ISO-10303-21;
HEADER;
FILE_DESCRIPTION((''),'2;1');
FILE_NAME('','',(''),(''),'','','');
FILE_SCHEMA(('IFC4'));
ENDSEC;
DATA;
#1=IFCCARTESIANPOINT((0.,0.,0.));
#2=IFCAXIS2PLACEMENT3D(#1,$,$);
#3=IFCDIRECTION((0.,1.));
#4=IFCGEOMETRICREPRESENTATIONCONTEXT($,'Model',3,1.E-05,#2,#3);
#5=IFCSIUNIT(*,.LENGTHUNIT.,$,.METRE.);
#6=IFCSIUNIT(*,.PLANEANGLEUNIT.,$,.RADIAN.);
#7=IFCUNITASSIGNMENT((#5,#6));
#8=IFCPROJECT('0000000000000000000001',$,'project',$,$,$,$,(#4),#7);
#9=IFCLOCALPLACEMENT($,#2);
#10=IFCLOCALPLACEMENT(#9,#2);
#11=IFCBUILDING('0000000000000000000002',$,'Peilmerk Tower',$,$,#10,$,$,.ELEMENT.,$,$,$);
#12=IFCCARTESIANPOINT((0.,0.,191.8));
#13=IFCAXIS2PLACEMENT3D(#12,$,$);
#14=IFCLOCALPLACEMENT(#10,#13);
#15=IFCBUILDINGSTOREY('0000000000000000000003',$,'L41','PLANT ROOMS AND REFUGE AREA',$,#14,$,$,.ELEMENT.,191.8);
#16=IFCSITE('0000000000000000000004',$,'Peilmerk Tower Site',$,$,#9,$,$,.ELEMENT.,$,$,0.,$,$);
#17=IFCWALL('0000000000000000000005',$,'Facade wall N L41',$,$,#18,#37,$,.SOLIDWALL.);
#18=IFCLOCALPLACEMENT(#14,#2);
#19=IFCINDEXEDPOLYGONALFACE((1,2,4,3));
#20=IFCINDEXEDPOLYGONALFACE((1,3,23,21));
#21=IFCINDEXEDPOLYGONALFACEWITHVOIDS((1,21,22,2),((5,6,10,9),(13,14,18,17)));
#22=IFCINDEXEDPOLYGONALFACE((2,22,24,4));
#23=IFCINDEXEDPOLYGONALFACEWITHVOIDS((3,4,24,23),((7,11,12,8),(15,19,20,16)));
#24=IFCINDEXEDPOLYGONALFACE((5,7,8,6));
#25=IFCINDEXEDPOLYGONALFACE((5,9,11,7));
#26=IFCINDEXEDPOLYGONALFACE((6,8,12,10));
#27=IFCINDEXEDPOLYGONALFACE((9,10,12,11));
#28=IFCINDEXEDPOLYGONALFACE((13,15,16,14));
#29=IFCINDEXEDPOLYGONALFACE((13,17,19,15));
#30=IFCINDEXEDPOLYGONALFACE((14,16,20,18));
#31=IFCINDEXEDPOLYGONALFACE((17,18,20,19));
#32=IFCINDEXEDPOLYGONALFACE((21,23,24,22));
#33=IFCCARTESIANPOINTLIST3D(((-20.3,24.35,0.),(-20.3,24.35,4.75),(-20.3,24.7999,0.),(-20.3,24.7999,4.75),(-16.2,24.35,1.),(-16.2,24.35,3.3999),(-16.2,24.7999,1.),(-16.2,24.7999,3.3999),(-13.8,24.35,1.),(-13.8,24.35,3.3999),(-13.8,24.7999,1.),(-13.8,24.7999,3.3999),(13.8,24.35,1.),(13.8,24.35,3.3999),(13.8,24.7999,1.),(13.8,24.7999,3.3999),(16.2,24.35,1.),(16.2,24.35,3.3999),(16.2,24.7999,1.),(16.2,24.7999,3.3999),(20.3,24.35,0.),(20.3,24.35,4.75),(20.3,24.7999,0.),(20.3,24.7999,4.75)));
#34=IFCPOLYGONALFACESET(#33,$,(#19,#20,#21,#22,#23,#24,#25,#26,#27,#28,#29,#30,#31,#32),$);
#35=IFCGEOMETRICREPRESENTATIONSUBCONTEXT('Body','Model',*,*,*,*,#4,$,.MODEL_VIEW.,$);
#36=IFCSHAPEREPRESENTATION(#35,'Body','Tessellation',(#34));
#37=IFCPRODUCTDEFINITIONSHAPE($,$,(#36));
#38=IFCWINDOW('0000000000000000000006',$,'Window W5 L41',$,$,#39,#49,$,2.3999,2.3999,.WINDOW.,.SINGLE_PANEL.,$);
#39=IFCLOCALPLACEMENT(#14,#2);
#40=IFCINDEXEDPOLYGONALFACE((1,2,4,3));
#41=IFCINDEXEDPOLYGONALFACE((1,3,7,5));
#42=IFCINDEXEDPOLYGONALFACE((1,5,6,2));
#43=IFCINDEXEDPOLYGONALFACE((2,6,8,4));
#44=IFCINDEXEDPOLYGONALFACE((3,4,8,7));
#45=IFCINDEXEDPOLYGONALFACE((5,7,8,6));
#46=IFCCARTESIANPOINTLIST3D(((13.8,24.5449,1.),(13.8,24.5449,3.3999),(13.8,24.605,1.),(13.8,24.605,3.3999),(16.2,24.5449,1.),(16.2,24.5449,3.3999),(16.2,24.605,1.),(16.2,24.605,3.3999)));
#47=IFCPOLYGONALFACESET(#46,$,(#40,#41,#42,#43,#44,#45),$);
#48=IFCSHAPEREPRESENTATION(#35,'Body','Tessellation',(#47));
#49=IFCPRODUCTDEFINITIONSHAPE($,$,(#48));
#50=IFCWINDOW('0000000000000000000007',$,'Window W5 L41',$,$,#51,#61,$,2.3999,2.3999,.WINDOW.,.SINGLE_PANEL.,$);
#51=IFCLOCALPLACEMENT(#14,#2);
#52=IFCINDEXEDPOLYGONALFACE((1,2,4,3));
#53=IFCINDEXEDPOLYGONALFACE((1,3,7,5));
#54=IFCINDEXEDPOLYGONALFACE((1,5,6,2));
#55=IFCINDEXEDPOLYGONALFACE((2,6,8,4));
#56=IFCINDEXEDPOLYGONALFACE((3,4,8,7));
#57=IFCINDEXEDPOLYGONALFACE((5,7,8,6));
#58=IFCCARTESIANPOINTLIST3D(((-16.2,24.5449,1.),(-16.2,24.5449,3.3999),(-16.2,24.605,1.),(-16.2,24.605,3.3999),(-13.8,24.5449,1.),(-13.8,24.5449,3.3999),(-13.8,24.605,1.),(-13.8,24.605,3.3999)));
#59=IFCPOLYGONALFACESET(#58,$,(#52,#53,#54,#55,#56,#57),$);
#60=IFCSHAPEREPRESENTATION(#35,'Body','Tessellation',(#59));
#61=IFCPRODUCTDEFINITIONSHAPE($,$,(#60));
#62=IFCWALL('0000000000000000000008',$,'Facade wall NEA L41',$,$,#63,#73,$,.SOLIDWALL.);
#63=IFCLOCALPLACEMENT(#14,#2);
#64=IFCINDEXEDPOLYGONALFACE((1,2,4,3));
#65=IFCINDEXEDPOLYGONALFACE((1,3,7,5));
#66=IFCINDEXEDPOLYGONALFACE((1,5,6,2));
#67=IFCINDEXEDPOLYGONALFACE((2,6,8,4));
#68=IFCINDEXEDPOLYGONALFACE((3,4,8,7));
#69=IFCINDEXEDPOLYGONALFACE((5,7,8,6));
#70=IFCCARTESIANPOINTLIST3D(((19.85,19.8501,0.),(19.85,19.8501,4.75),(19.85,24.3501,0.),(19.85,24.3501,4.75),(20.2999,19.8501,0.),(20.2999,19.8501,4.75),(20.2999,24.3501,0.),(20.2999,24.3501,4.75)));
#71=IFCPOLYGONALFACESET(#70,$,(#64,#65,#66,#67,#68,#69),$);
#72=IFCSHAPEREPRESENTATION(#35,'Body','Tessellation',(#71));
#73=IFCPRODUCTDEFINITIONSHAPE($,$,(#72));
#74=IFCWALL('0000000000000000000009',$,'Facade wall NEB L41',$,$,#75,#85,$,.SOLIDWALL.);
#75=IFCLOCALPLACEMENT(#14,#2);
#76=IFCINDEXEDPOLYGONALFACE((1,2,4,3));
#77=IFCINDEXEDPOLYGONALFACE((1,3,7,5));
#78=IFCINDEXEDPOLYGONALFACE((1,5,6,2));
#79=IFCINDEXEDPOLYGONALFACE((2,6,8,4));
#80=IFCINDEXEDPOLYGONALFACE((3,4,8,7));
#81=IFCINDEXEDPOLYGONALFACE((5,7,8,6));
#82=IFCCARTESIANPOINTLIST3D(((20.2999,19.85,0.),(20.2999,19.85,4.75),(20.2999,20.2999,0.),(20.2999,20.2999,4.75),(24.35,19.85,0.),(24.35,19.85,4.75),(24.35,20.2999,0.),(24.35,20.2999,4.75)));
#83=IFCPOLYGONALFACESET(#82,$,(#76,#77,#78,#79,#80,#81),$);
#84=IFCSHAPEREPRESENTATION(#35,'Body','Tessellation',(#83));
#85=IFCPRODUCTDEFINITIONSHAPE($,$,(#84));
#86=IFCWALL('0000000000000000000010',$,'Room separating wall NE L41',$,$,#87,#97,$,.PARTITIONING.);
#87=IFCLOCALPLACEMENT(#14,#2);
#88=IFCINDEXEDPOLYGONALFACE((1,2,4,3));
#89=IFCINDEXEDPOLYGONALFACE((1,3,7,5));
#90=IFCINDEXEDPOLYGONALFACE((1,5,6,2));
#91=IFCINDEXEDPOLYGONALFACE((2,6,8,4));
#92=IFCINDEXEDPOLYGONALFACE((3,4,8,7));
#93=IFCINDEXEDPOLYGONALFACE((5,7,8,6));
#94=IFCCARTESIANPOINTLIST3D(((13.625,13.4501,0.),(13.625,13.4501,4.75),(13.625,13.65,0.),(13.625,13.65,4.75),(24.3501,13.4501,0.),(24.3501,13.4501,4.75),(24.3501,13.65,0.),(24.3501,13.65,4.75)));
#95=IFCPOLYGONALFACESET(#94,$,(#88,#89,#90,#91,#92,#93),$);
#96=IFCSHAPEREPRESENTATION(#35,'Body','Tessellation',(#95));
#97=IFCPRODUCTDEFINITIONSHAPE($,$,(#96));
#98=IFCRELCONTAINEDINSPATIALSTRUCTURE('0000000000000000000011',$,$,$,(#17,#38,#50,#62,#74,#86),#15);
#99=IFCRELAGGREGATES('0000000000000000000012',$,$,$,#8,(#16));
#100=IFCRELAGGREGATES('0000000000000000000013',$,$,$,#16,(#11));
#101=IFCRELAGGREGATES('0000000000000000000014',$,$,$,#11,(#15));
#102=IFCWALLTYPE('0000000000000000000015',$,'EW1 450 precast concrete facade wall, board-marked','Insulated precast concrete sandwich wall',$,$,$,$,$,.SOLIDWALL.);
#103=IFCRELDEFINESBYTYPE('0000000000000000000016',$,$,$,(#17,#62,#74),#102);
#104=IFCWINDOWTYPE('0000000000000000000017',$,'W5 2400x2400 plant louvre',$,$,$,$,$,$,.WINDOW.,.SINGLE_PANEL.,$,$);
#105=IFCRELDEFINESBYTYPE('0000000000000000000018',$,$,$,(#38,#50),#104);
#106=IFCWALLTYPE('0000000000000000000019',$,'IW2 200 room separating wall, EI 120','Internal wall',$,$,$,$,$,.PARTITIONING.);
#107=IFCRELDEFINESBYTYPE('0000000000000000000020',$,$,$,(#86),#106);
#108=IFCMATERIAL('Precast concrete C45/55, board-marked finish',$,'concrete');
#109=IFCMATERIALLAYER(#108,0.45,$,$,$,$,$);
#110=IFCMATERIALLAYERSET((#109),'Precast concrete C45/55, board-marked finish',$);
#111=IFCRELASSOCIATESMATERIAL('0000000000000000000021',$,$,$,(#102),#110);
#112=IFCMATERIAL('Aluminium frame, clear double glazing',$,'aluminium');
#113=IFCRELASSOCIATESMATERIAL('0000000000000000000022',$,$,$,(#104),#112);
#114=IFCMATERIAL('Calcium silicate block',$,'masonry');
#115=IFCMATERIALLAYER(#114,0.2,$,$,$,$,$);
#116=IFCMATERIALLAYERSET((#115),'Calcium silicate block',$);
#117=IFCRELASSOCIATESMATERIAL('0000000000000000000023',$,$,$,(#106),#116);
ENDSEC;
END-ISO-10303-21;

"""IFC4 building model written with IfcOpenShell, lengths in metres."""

from ifc_helpers import new_model, si_unit, direction, frame, frame_2d, origin, place, context, subcontext, project, spatial, rectangle, extrude, material, layer, layer_set, type_object, element, fill, save


model = new_model("IFC4")

# Units and contexts
model_context = context("Model", 3, precision=1e-05, world=origin(), true_north=direction((0.0, 1.0)))
body_context = subcontext(model_context, "Body", "Model", "MODEL_VIEW")
ifc_project = project(units=[si_unit("LENGTHUNIT", "METRE"), si_unit("PLANEANGLEUNIT", "RADIAN")], contexts=[model_context])

# Site, building, storey
site_placement = place(None, origin())
site = spatial("IfcSite", under=ifc_project, at=site_placement, Name="Peilmerk Tower Site", CompositionType="ELEMENT", RefElevation=0.0)
building_placement = place(site_placement, origin())
building = spatial("IfcBuilding", under=site, at=building_placement, Name="Peilmerk Tower", CompositionType="ELEMENT")
storey_placement = place(building_placement, frame((0.0, 0.0, 191.8)))
storey = spatial("IfcBuildingStorey", under=building, at=storey_placement, Name="L41", Description="PLANT ROOMS AND REFUGE AREA", CompositionType="ELEMENT", Elevation=191.8)

# Wall, openings, windows
ifc_material_1 = material(Name="Precast concrete C45/55, board-marked finish", Category="concrete")
ifc_layer_1 = layer(ifc_material_1, 0.45)
ifc_layer_set_1 = layer_set([ifc_layer_1], Name="Precast concrete C45/55, board-marked finish")
wall_type_1 = type_object("IfcWallType", Name="EW1 450 precast concrete facade wall, board-marked", Description="Insulated precast concrete sandwich wall", PredefinedType="SOLIDWALL", material=ifc_layer_set_1)
wall_1_placement = place(storey_placement, frame((20.3, 24.575, 0.0), z_axis=(0.0, 0.0, 1.0), x_axis=(-1.0, 0.0, 0.0)))
wall_1 = element("IfcWall", 1, at=wall_1_placement, inside=storey, type_object=wall_type_1, Name="Facade wall N L41", PredefinedType="SOLIDWALL", context=body_context, shape_type="SweptSolid", body=[
    extrude(rectangle(XDim=40.6001, YDim=0.45, at=frame_2d((20.3, 0.0))), origin(), (0.0, 0.0, 1.0), 4.75),
])
opening_1_placement = place(wall_1_placement, frame((4.1001, 0.0, 1.0)))
opening_1 = element("IfcOpeningElement", 2, at=opening_1_placement, cuts=wall_1, PredefinedType="OPENING", context=body_context, shape_type="SweptSolid", body=[
    extrude(rectangle(XDim=2.3999, YDim=2.3999, at=frame_2d((1.2, 1.2))), frame((0.0, 0.2349, 0.0), z_axis=(0.0, -1.0, 0.0), x_axis=(1.0, 0.0, 0.0)), (0.0, 0.0, 1.0), 0.47),
])
opening_2_placement = place(wall_1_placement, frame((34.1001, 0.0, 1.0)))
opening_2 = element("IfcOpeningElement", 3, at=opening_2_placement, cuts=wall_1, PredefinedType="OPENING", context=body_context, shape_type="SweptSolid", body=[
    extrude(rectangle(XDim=2.3999, YDim=2.3999, at=frame_2d((1.2, 1.2))), frame((0.0, 0.2349, 0.0), z_axis=(0.0, -1.0, 0.0), x_axis=(1.0, 0.0, 0.0)), (0.0, 0.0, 1.0), 0.47),
])
ifc_material_2 = material(Name="Aluminium frame, clear double glazing", Category="aluminium")
window_type = type_object("IfcWindowType", Name="W5 2400x2400 plant louvre", PartitioningType="SINGLE_PANEL", PredefinedType="WINDOW", material=ifc_material_2)
window_1_placement = place(opening_1_placement, origin())
window_1 = element("IfcWindow", 4, at=window_1_placement, inside=storey, type_object=window_type, Name="Window W5 L41", OverallHeight=2.3999, OverallWidth=2.3999, PartitioningType="SINGLE_PANEL", PredefinedType="WINDOW", context=body_context, shape_type="SweptSolid", body=[
    extrude(rectangle(XDim=2.3999, YDim=2.3999, at=frame_2d((1.2, 1.2))), frame((0.0, 0.03, 0.0), z_axis=(0.0, -1.0, 0.0), x_axis=(1.0, 0.0, 0.0)), (0.0, 0.0, 1.0), 0.0601),
])
fill(opening_1, window_1)
window_2_placement = place(opening_2_placement, origin())
window_2 = element("IfcWindow", 5, at=window_2_placement, inside=storey, type_object=window_type, Name="Window W5 L41", OverallHeight=2.3999, OverallWidth=2.3999, PartitioningType="SINGLE_PANEL", PredefinedType="WINDOW", context=body_context, shape_type="SweptSolid", body=[
    extrude(rectangle(XDim=2.3999, YDim=2.3999, at=frame_2d((1.2, 1.2))), frame((0.0, 0.03, 0.0), z_axis=(0.0, -1.0, 0.0), x_axis=(1.0, 0.0, 0.0)), (0.0, 0.0, 1.0), 0.0601),
])
fill(opening_2, window_2)

# Walls
wall_2_placement = place(storey_placement, frame((20.075, 19.8501, 0.0), z_axis=(0.0, 0.0, 1.0), x_axis=(0.0, 1.0, 0.0)))
element("IfcWall", 6, at=wall_2_placement, inside=storey, type_object=wall_type_1, Name="Facade wall NEA L41", PredefinedType="SOLIDWALL", context=body_context, shape_type="SweptSolid", body=[
    extrude(rectangle(XDim=4.5, YDim=0.45, at=frame_2d((2.25, 0.0))), origin(), (0.0, 0.0, 1.0), 4.75),
])
wall_3_placement = place(storey_placement, frame((20.3, 20.075, 0.0), z_axis=(0.0, 0.0, 1.0), x_axis=(1.0, 0.0, 0.0)))
element("IfcWall", 7, at=wall_3_placement, inside=storey, type_object=wall_type_1, Name="Facade wall NEB L41", PredefinedType="SOLIDWALL", context=body_context, shape_type="SweptSolid", body=[
    extrude(rectangle(XDim=4.05, YDim=0.45, at=frame_2d((2.0249, 0.0))), origin(), (0.0, 0.0, 1.0), 4.75),
])
ifc_material_3 = material(Name="Calcium silicate block", Category="masonry")
ifc_layer_2 = layer(ifc_material_3, 0.2)
ifc_layer_set_2 = layer_set([ifc_layer_2], Name="Calcium silicate block")
wall_type_2 = type_object("IfcWallType", Name="IW2 200 room separating wall, EI 120", Description="Internal wall", PredefinedType="PARTITIONING", material=ifc_layer_set_2)
wall_4_placement = place(storey_placement, frame((13.625, 13.55, 0.0), z_axis=(0.0, 0.0, 1.0), x_axis=(1.0, 0.0, 0.0)))
element("IfcWall", 8, at=wall_4_placement, inside=storey, type_object=wall_type_2, Name="Room separating wall NE L41", PredefinedType="PARTITIONING", context=body_context, shape_type="SweptSolid", body=[
    extrude(rectangle(XDim=10.7251, YDim=0.2, at=frame_2d((5.3625, 0.0))), origin(), (0.0, 0.0, 1.0), 4.75),
])

save(model, "model.ifc")
